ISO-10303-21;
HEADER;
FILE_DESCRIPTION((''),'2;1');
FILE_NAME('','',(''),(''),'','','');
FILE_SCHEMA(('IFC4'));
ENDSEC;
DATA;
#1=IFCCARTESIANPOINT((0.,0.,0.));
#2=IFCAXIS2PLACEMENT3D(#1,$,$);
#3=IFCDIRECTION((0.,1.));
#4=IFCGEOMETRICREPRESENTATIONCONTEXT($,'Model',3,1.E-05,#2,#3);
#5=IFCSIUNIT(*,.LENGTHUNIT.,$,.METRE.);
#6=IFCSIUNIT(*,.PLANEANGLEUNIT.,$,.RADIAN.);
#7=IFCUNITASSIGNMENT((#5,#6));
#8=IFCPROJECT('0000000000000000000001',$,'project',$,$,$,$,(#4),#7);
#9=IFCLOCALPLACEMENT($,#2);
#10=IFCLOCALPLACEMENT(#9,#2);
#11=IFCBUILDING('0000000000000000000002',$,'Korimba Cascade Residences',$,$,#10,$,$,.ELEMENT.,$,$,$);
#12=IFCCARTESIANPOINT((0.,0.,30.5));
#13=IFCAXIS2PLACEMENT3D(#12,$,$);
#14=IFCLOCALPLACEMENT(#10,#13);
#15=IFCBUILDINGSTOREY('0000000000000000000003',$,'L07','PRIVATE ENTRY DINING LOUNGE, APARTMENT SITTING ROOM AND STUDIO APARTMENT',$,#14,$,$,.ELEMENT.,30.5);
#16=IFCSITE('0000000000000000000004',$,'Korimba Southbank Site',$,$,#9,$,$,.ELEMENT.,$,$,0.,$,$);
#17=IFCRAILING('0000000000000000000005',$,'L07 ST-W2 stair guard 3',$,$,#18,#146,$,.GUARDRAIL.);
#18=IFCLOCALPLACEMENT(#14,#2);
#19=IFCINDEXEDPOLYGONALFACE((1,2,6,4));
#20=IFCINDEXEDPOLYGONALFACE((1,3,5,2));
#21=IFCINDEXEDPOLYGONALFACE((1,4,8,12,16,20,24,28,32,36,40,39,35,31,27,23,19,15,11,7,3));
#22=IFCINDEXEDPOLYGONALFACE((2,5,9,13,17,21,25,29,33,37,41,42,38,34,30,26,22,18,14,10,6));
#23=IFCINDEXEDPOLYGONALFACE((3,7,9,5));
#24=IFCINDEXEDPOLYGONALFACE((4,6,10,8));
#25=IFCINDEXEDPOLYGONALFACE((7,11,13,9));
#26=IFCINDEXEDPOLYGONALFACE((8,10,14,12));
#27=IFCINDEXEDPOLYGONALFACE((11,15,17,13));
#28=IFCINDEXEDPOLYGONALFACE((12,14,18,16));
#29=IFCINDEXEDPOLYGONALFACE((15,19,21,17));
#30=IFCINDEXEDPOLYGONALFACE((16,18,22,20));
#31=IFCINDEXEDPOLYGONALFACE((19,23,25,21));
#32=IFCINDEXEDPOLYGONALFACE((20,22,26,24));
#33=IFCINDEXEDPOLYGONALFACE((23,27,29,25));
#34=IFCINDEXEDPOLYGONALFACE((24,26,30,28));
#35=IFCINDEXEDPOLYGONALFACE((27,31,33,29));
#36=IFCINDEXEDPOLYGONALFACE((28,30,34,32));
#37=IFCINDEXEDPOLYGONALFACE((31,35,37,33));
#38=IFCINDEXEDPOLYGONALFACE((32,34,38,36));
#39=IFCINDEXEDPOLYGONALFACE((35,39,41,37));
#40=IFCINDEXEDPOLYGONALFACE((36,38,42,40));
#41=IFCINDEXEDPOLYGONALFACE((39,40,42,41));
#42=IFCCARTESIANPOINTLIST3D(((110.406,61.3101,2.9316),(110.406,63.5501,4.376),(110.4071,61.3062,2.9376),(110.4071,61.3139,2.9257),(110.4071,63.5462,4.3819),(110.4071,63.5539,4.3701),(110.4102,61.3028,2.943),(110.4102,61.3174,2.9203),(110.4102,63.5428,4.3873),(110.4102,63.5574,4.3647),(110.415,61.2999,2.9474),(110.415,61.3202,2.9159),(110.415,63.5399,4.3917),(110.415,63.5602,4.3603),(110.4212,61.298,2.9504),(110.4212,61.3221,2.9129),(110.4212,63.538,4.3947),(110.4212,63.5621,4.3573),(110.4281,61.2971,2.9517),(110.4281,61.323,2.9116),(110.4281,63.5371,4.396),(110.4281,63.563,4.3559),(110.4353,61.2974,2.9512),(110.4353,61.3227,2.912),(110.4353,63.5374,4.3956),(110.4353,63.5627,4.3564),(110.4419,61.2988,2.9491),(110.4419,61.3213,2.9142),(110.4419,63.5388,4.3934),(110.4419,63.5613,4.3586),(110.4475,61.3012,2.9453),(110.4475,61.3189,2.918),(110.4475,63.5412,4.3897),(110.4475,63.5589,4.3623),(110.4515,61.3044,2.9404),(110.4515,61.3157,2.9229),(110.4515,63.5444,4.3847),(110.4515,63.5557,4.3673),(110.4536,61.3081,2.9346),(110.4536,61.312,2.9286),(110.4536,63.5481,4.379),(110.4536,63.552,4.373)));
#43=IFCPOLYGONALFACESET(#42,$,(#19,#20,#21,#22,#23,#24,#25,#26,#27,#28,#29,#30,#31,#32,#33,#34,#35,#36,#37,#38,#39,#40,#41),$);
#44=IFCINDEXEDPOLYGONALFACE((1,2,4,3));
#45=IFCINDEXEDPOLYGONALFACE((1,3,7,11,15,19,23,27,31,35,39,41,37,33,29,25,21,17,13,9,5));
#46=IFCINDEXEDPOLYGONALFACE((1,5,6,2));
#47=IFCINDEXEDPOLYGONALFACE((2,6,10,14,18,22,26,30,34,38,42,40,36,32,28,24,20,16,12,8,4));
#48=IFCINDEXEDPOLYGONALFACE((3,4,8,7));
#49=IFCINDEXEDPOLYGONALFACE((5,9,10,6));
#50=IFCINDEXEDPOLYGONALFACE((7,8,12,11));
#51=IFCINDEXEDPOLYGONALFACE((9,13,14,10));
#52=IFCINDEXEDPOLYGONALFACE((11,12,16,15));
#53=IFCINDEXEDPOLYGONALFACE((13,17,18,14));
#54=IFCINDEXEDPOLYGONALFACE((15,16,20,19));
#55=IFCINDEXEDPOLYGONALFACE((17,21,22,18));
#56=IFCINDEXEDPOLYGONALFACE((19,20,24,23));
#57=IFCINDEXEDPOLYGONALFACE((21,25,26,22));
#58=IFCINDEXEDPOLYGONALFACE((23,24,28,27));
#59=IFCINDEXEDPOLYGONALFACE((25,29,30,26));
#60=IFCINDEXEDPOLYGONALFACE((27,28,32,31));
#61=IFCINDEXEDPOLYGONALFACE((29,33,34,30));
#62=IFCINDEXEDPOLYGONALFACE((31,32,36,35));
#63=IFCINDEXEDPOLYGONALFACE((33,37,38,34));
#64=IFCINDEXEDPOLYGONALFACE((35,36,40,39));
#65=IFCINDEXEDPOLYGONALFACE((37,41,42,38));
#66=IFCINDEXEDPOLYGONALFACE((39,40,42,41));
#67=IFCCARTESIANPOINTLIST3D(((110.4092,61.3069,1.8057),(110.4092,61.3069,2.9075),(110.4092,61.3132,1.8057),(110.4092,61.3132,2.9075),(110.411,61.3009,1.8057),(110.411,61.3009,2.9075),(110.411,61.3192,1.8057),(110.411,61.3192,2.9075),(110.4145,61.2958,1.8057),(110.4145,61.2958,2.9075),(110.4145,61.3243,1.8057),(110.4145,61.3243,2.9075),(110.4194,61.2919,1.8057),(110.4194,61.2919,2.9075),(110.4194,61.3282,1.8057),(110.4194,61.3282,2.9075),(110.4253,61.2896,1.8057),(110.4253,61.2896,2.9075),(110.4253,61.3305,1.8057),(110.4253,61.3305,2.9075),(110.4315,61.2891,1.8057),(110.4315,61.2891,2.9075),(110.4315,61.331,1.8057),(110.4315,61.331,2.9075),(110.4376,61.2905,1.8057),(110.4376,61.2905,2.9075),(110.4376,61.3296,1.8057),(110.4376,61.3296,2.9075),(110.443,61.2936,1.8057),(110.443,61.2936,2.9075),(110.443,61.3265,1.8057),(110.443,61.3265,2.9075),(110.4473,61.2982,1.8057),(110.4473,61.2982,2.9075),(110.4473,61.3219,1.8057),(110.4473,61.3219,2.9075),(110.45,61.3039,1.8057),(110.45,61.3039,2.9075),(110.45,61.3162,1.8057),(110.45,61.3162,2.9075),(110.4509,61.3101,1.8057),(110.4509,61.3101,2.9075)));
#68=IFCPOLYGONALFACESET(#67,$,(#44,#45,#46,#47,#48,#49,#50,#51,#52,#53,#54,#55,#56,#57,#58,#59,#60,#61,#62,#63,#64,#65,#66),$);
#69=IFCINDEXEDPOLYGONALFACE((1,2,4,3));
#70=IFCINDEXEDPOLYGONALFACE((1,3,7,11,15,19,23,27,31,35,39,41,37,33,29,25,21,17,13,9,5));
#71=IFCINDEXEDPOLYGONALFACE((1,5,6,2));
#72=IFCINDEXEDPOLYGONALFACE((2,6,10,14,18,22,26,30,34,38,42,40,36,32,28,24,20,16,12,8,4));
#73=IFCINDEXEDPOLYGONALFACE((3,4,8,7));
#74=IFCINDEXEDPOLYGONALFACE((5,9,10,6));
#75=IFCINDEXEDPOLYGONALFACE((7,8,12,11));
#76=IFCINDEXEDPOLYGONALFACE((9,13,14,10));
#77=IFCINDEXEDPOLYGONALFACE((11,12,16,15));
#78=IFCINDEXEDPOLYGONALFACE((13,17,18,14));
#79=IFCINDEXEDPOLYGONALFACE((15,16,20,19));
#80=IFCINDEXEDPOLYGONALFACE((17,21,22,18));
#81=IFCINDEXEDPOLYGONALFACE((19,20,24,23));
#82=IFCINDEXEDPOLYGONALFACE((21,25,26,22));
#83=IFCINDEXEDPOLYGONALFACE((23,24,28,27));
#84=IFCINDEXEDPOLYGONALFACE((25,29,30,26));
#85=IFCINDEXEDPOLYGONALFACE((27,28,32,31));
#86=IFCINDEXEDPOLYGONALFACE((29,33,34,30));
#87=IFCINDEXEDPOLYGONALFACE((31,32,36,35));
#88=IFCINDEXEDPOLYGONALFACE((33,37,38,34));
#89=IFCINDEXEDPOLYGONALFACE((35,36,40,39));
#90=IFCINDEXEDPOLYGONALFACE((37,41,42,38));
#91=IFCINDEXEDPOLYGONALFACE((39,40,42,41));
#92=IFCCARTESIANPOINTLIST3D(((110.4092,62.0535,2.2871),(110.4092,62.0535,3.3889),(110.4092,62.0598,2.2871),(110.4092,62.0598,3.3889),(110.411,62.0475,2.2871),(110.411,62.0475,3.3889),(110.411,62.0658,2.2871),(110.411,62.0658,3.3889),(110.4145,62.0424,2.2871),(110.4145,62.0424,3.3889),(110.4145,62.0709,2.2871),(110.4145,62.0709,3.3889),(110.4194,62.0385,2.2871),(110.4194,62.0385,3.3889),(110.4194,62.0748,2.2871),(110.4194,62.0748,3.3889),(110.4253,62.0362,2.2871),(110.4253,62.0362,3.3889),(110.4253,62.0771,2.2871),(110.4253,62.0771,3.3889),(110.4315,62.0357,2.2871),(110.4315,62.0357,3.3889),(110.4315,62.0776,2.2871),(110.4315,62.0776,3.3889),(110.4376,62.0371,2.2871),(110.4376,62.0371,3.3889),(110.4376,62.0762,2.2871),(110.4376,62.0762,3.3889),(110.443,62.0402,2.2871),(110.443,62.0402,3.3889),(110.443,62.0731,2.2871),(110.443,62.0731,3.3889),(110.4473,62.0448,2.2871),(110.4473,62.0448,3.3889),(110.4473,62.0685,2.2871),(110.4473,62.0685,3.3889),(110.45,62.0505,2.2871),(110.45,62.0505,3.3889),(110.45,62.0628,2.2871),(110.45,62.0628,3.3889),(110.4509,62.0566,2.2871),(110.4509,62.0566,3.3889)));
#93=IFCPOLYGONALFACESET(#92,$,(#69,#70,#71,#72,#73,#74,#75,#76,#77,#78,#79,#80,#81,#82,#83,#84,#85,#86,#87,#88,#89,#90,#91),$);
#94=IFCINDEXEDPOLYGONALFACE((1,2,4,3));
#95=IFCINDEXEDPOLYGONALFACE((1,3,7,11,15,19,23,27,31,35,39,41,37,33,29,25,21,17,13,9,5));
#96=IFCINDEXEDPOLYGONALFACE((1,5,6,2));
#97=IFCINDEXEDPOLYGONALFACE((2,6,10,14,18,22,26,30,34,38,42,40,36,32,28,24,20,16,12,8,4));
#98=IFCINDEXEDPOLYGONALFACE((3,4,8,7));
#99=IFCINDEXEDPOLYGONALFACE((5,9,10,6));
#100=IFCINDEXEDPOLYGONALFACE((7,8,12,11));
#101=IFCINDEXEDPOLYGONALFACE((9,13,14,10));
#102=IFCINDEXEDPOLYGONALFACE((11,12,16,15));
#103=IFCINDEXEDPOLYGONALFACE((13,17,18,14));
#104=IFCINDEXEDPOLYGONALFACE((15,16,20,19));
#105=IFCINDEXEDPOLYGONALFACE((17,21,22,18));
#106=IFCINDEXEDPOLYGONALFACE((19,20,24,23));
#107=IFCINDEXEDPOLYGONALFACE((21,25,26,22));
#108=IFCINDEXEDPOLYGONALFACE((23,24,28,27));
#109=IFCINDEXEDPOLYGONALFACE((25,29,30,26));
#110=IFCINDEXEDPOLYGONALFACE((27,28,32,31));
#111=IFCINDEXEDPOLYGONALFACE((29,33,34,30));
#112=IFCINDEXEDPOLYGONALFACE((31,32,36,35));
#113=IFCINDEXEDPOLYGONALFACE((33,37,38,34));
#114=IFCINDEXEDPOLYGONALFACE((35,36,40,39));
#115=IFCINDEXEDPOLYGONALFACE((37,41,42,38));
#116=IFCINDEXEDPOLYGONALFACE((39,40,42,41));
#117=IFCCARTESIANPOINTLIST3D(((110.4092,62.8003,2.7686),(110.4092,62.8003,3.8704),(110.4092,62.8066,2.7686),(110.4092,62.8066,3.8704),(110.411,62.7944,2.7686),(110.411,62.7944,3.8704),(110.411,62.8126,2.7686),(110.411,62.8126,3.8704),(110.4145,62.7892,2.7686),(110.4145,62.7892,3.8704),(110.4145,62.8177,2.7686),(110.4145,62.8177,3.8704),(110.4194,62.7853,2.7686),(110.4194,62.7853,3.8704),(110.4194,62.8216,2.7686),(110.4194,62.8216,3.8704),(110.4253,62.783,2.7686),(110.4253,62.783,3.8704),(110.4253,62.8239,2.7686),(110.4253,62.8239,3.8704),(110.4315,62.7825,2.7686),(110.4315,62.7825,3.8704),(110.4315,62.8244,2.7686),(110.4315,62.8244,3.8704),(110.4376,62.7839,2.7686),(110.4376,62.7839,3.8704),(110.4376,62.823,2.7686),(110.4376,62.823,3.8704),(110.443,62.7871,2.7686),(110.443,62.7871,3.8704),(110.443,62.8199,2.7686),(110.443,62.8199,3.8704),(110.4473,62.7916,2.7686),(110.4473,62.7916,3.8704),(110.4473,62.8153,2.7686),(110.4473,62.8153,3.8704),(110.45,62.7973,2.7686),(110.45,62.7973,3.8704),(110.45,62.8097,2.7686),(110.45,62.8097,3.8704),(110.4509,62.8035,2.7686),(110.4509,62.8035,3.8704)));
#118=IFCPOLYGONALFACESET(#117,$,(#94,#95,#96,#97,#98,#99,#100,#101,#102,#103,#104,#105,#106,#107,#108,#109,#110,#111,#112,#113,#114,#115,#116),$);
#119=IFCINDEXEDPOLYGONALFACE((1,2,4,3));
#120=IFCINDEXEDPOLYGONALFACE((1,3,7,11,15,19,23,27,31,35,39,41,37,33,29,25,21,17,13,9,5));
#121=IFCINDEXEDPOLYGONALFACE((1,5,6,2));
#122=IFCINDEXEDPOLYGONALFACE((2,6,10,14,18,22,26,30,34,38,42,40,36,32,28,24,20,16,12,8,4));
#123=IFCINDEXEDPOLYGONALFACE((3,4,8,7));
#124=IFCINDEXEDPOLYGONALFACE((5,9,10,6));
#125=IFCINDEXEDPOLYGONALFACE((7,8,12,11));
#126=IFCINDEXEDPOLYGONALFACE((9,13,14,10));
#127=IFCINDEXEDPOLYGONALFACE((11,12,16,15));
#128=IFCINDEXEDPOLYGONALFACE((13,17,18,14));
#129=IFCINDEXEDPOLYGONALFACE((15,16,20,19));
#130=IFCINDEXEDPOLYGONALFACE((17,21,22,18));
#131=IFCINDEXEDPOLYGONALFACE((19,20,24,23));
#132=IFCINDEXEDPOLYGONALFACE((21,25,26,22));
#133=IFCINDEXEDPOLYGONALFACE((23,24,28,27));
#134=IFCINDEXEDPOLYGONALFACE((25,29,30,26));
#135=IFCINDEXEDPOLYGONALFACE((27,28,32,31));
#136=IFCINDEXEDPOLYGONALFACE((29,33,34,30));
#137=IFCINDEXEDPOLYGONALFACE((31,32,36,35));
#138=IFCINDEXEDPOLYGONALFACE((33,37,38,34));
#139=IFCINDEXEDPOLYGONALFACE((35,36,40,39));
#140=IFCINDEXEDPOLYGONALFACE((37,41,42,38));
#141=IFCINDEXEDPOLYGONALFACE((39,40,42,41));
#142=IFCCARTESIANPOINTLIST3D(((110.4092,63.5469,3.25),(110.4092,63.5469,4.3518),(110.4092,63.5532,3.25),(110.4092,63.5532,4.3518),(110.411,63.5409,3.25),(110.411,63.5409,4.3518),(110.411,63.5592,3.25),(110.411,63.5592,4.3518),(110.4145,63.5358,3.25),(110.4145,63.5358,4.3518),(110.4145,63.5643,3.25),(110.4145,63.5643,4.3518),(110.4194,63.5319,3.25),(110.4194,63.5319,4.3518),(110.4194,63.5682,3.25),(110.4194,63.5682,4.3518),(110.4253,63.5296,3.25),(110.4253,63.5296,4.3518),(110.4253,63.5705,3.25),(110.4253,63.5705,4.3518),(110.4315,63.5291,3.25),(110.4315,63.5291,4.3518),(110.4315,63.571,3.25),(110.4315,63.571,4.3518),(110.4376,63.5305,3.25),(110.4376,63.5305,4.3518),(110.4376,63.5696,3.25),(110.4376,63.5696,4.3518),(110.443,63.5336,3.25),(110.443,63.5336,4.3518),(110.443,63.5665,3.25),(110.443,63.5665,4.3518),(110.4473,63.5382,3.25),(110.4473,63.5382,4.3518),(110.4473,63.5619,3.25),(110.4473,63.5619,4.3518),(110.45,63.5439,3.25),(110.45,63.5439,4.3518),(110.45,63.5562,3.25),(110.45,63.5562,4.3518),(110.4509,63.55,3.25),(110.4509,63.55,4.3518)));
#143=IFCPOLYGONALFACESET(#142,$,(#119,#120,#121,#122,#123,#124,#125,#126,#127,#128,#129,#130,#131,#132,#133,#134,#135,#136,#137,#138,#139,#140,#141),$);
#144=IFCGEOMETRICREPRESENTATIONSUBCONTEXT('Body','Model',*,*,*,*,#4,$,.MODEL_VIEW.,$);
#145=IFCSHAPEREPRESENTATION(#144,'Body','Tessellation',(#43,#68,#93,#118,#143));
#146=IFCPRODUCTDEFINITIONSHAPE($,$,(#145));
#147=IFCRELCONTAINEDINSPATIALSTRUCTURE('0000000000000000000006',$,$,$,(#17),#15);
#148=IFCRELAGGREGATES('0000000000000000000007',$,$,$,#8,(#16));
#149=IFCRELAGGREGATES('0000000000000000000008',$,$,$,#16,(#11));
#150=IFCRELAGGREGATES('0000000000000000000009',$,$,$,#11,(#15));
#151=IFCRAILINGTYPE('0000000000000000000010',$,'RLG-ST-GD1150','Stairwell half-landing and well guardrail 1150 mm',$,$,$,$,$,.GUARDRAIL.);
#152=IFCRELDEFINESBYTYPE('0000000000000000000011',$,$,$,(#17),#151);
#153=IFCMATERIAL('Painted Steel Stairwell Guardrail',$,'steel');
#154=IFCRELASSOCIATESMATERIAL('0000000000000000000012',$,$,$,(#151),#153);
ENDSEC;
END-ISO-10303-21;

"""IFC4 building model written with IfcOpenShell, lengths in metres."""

from ifc_helpers import new_model, si_unit, direction, frame, origin, origin_2d, place, context, subcontext, project, spatial, circle, extrude, material, type_object, element, save


model = new_model("IFC4")

# Units and contexts
model_context = context("Model", 3, precision=1e-05, world=origin(), true_north=direction((0.0, 1.0)))
body_context = subcontext(model_context, "Body", "Model", "MODEL_VIEW")
ifc_project = project(units=[si_unit("LENGTHUNIT", "METRE"), si_unit("PLANEANGLEUNIT", "RADIAN")], contexts=[model_context])

# Site, building, storey
site_placement = place(None, origin())
site = spatial("IfcSite", under=ifc_project, at=site_placement, Name="Korimba Southbank Site", CompositionType="ELEMENT", RefElevation=0.0)
building_placement = place(site_placement, origin())
building = spatial("IfcBuilding", under=site, at=building_placement, Name="Korimba Cascade Residences", CompositionType="ELEMENT")
storey_placement = place(building_placement, frame((0.0, 0.0, 30.5)))
storey = spatial("IfcBuildingStorey", under=building, at=storey_placement, Name="L07", Description="PRIVATE ENTRY DINING LOUNGE, APARTMENT SITTING ROOM AND STUDIO APARTMENT", CompositionType="ELEMENT", Elevation=30.5)

# Railing
ifc_material_1 = material(Name="Painted Steel Stairwell Guardrail", Category="steel")
railing_type_1 = type_object("IfcRailingType", Name="RLG-ST-GD1150", Description="Stairwell half-landing and well guardrail 1150 mm", PredefinedType="GUARDRAIL", material=ifc_material_1)
railing_1_placement = place(storey_placement, frame((110.4299, 61.3101, 1.8057)))
element("IfcRailing", 1, at=railing_1_placement, inside=storey, type_object=railing_type_1, Name="L07 ST-W2 stair guard 3", PredefinedType="GUARDRAIL", context=body_context, shape_type="SweptSolid", body=[
    extrude(circle(Radius=0.0239, at=origin_2d()), frame((0.0, 0.0, 1.126), z_axis=(0.0, 0.840437, 0.54191), x_axis=(-1.0, 0.0, 0.0)), (0.0, 0.0, 1.0), 2.6653),
    extrude(circle(Radius=0.021, at=origin_2d()), origin(), (0.0, 0.0, 1.0), 1.1018),
    extrude(circle(Radius=0.021, at=origin_2d()), frame((0.0, 0.7466, 0.4814)), (0.0, 0.0, 1.0), 1.1018),
    extrude(circle(Radius=0.021, at=origin_2d()), frame((0.0, 1.4934, 0.9629)), (0.0, 0.0, 1.0), 1.1018),
    extrude(circle(Radius=0.021, at=origin_2d()), frame((0.0, 2.24, 1.4443)), (0.0, 0.0, 1.0), 1.1018),
])

save(model, "model.ifc")
